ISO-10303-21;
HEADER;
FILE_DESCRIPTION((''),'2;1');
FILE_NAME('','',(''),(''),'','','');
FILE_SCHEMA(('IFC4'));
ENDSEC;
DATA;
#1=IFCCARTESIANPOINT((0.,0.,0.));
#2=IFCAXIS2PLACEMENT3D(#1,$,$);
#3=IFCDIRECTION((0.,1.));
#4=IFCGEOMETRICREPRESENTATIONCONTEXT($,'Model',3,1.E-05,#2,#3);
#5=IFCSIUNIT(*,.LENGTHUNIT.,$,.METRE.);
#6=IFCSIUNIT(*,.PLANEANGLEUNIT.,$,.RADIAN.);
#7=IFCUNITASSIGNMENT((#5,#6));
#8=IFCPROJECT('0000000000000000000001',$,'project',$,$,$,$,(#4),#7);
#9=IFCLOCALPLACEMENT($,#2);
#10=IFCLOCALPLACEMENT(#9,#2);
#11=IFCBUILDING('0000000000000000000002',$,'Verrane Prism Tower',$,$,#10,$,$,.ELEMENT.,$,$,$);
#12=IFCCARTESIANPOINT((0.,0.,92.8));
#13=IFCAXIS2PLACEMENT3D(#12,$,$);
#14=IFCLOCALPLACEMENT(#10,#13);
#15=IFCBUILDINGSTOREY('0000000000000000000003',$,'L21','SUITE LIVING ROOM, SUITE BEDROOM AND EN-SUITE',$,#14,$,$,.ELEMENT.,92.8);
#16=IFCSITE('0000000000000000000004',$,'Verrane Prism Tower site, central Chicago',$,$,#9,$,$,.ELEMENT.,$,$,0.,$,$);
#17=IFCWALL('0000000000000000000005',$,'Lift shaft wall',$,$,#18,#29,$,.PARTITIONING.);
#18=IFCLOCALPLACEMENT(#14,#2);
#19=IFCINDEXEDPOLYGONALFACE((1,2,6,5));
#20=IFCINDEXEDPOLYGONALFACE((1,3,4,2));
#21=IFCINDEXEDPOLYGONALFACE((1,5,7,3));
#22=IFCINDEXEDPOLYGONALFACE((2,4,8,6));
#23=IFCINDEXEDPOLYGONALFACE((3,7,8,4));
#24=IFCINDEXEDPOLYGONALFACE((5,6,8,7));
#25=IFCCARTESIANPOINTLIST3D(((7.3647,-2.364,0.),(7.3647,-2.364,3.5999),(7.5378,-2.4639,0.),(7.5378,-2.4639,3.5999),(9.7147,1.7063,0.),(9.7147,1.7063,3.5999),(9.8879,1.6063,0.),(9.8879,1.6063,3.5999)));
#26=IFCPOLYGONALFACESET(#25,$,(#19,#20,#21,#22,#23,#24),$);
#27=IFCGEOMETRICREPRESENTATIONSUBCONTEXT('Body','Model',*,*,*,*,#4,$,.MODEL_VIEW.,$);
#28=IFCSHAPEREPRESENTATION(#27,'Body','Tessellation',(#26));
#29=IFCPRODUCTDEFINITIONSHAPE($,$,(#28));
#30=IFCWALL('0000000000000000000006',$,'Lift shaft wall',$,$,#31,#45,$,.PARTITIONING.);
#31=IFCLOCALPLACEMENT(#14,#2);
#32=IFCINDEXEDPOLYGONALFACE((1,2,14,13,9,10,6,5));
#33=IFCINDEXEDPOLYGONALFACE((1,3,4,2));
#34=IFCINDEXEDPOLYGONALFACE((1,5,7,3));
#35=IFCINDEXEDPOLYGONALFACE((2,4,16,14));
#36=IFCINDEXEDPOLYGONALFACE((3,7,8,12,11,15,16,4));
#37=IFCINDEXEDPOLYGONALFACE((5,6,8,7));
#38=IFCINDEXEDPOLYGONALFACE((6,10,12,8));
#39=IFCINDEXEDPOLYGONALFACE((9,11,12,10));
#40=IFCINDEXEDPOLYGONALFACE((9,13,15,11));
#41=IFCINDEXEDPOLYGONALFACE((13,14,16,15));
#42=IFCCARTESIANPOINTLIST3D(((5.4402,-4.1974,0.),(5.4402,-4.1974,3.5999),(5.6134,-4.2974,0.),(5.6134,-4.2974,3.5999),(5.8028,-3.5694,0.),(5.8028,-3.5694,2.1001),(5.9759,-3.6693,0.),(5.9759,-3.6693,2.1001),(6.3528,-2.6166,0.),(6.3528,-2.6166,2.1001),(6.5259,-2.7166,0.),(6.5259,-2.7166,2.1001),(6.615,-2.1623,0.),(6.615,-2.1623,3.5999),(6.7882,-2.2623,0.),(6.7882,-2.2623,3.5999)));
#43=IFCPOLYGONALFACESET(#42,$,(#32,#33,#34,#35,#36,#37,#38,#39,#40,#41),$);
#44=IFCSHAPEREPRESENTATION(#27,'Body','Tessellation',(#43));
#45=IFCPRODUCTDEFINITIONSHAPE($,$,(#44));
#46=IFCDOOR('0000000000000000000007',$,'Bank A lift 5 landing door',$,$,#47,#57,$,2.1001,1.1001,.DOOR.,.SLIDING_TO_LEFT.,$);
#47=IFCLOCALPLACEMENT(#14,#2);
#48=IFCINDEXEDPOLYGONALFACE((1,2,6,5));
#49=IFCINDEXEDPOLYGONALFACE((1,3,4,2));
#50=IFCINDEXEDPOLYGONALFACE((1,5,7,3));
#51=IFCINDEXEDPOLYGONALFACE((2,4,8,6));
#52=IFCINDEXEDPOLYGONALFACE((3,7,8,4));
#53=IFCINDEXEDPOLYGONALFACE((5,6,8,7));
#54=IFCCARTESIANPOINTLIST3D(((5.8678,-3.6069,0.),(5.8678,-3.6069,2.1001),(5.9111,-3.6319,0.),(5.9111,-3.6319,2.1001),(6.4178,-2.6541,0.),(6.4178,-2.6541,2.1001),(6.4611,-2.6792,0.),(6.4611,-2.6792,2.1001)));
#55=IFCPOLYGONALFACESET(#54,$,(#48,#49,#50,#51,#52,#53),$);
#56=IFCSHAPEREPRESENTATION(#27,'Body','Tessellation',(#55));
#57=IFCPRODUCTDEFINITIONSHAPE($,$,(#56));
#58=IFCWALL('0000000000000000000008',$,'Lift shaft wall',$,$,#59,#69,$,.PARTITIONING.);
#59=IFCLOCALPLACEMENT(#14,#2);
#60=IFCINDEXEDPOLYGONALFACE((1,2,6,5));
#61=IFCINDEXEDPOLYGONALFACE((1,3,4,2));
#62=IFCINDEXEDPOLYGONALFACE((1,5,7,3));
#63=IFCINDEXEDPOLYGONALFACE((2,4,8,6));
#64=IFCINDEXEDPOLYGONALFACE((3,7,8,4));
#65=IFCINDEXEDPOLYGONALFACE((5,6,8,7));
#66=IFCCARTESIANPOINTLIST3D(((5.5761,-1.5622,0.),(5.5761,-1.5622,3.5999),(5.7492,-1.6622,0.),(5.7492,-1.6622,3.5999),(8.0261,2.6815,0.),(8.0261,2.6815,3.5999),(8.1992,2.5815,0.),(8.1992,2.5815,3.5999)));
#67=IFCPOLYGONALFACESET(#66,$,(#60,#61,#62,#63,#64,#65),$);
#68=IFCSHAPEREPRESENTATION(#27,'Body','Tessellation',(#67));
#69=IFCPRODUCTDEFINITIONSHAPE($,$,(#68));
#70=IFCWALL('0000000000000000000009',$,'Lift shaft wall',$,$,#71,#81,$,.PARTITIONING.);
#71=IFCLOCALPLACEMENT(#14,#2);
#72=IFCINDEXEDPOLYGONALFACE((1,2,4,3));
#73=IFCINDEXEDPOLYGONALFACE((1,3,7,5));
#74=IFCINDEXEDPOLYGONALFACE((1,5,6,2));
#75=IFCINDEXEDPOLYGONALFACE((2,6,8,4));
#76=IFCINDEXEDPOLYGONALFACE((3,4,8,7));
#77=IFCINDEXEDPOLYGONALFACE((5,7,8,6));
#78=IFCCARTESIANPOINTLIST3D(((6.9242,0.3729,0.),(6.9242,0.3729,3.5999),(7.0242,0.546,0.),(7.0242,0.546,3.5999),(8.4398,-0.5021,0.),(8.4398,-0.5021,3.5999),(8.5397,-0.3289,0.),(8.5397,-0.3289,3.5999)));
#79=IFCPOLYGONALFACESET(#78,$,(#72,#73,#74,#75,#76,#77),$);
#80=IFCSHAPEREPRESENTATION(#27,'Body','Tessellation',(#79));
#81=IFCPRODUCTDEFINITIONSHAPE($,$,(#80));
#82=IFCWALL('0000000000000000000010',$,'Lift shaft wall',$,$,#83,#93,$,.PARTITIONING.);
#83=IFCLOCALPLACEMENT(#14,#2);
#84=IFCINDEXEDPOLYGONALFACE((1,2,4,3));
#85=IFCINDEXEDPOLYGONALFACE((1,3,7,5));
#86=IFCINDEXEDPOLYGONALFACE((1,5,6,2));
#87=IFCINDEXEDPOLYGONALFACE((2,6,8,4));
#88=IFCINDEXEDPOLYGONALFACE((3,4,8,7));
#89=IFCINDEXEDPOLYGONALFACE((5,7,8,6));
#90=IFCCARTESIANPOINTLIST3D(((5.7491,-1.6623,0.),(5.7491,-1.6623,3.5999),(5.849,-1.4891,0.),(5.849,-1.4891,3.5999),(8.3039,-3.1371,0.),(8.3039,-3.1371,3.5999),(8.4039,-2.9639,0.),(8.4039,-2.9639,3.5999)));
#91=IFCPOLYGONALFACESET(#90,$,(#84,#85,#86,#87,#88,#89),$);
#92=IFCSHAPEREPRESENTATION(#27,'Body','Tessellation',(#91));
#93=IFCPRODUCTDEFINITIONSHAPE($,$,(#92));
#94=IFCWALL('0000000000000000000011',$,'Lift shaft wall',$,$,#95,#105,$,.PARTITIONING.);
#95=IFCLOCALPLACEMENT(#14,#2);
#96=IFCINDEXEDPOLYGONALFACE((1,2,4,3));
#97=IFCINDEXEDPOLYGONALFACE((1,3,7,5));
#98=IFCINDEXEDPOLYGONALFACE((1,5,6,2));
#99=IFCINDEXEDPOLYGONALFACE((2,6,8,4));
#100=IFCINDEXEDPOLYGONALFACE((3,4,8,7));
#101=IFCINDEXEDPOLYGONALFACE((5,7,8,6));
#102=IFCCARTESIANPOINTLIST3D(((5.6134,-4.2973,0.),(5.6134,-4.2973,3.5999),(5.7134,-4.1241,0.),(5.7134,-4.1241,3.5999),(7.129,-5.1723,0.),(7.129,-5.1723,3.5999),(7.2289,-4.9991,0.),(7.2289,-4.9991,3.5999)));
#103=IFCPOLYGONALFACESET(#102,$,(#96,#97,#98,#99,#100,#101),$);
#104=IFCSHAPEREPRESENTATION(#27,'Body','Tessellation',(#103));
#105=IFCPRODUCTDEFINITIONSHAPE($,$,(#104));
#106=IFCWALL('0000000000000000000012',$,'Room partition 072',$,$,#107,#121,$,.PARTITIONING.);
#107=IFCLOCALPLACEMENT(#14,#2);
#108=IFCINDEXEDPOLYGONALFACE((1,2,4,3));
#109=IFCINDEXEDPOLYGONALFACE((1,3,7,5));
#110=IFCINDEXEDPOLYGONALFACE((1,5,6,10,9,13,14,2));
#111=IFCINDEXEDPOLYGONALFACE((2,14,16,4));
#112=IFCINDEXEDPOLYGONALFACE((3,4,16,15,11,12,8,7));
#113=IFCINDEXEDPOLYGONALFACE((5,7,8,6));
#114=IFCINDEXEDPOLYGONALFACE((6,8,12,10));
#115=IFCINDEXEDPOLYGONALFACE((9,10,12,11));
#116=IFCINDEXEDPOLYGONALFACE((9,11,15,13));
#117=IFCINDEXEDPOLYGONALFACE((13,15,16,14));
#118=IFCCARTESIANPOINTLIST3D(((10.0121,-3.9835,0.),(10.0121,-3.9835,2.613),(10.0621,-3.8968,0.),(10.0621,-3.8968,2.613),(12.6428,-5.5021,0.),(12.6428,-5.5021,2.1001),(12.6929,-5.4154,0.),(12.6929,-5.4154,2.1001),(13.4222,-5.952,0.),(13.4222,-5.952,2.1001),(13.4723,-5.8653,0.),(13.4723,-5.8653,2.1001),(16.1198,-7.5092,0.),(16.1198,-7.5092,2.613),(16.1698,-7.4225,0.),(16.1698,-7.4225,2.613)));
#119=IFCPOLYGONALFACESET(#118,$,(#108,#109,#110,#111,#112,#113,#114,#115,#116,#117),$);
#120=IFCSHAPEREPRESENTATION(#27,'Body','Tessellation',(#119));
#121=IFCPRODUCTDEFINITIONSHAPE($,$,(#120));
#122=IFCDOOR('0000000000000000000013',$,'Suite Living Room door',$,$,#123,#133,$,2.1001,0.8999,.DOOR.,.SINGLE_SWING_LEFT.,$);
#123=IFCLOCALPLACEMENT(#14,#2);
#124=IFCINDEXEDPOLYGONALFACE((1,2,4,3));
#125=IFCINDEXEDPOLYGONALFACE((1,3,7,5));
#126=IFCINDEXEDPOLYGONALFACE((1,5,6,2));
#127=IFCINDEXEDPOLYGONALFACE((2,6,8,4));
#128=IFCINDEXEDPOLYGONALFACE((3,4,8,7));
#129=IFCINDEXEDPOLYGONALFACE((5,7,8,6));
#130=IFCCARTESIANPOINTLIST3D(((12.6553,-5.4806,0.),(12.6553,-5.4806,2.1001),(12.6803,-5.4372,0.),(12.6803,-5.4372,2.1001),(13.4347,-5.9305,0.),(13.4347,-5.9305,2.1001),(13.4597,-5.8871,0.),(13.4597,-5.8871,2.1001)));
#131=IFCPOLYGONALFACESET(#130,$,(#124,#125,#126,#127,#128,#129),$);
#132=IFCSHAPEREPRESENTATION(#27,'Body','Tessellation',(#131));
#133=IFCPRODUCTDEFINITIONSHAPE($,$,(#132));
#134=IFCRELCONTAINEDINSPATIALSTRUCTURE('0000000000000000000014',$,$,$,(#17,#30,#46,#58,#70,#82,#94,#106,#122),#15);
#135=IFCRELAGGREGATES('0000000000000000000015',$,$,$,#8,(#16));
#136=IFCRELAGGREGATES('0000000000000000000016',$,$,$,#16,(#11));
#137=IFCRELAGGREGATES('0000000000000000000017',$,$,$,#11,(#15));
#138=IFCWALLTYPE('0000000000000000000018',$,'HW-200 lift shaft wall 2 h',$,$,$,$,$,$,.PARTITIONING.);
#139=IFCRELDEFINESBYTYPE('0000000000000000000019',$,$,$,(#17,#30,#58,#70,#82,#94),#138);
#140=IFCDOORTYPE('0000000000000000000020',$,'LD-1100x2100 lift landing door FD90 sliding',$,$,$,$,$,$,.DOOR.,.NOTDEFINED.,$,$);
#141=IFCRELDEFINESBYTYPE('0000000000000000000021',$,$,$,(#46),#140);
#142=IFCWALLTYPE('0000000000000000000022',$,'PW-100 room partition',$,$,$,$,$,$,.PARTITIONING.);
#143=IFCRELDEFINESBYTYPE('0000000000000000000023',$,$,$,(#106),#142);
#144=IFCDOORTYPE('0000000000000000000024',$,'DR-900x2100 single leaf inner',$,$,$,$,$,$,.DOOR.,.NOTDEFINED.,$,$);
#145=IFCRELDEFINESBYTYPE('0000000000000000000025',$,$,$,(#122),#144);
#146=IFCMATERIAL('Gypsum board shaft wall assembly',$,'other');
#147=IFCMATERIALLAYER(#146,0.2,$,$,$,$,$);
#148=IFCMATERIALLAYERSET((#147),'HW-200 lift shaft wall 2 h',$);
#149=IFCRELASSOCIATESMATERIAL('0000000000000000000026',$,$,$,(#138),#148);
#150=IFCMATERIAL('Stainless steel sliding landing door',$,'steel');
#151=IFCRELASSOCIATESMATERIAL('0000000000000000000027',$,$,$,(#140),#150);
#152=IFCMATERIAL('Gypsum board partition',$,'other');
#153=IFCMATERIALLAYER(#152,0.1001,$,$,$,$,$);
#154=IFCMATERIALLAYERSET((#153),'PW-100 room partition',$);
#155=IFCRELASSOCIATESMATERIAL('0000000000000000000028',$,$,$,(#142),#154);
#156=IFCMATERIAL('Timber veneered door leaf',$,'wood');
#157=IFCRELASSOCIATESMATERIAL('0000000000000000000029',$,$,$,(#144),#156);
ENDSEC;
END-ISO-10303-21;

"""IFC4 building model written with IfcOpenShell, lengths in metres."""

from ifc_helpers import new_model, si_unit, direction, frame, frame_2d, origin, place, context, subcontext, project, spatial, rectangle, extrude, material, layer, layer_set, type_object, element, fill, save


model = new_model("IFC4")

# Units and contexts
model_context = context("Model", 3, precision=1e-05, world=origin(), true_north=direction((0.0, 1.0)))
body_context = subcontext(model_context, "Body", "Model", "MODEL_VIEW")
ifc_project = project(units=[si_unit("LENGTHUNIT", "METRE"), si_unit("PLANEANGLEUNIT", "RADIAN")], contexts=[model_context])

# Site, building, storey
site_placement = place(None, origin())
site = spatial("IfcSite", under=ifc_project, at=site_placement, Name="Verrane Prism Tower site, central Chicago", CompositionType="ELEMENT", RefElevation=0.0)
building_placement = place(site_placement, origin())
building = spatial("IfcBuilding", under=site, at=building_placement, Name="Verrane Prism Tower", CompositionType="ELEMENT")
storey_placement = place(building_placement, frame((0.0, 0.0, 92.8)))
storey = spatial("IfcBuildingStorey", under=building, at=storey_placement, Name="L21", Description="SUITE LIVING ROOM, SUITE BEDROOM AND EN-SUITE", CompositionType="ELEMENT", Elevation=92.8)

# Wall
ifc_material_1 = material(Name="Gypsum board shaft wall assembly", Category="other")
ifc_layer_1 = layer(ifc_material_1, 0.2)
ifc_layer_set_1 = layer_set([ifc_layer_1], Name="HW-200 lift shaft wall 2 h")
wall_type_1 = type_object("IfcWallType", Name="HW-200 lift shaft wall 2 h", PredefinedType="PARTITIONING", material=ifc_layer_set_1)
wall_1_placement = place(storey_placement, frame((7.4512, -2.4141, 0.0), z_axis=(0.0, 0.0, 1.0), x_axis=(0.500016, 0.866016, 0.0)))
element("IfcWall", 1, at=wall_1_placement, inside=storey, type_object=wall_type_1, Name="Lift shaft wall", PredefinedType="PARTITIONING", context=body_context, shape_type="SweptSolid", body=[
    extrude(rectangle(XDim=4.7, YDim=0.2, at=frame_2d((2.3501, 0.0))), origin(), (0.0, 0.0, 1.0), 3.5999),
])

# Wall, opening, door
wall_2_placement = place(storey_placement, frame((5.5269, -4.2473, 0.0), z_axis=(0.0, 0.0, 1.0), x_axis=(0.499938, 0.866061, 0.0)))
wall_2 = element("IfcWall", 2, at=wall_2_placement, inside=storey, type_object=wall_type_1, Name="Lift shaft wall", PredefinedType="PARTITIONING", context=body_context, shape_type="SweptSolid", body=[
    extrude(rectangle(XDim=2.3499, YDim=0.2, at=frame_2d((1.1748, 0.0))), origin(), (0.0, 0.0, 1.0), 3.5999),
])
opening_1_placement = place(wall_2_placement, frame((0.7251, 0.0, 0.0)))
opening_1 = element("IfcOpeningElement", 3, at=opening_1_placement, cuts=wall_2, PredefinedType="OPENING", context=body_context, shape_type="SweptSolid", body=[
    extrude(rectangle(XDim=1.1001, YDim=2.1001, at=frame_2d((0.55, 1.05))), frame((0.0, 0.1099, 0.0), z_axis=(0.0, -1.0, 0.0), x_axis=(1.0, 0.0, 0.0)), (0.0, 0.0, 1.0), 0.22),
])
ifc_material_2 = material(Name="Stainless steel sliding landing door", Category="steel")
door_type_1 = type_object("IfcDoorType", Name="LD-1100x2100 lift landing door FD90 sliding", OperationType="NOTDEFINED", PredefinedType="DOOR", material=ifc_material_2)
door_1_placement = place(opening_1_placement, origin())
door_1 = element("IfcDoor", 4, at=door_1_placement, inside=storey, type_object=door_type_1, Name="Bank A lift 5 landing door", OperationType="SLIDING_TO_LEFT", OverallHeight=2.1001, OverallWidth=1.1001, PredefinedType="DOOR", context=body_context, shape_type="SweptSolid", body=[
    extrude(rectangle(XDim=1.1001, YDim=2.1001, at=frame_2d((0.55, 1.05))), frame((0.0, 0.0249, 0.0), z_axis=(0.0, -1.0, 0.0), x_axis=(1.0, 0.0, 0.0)), (0.0, 0.0, 1.0), 0.05),
])
fill(opening_1, door_1)

# Walls
wall_3_placement = place(storey_placement, frame((5.6626, -1.6123, 0.0), z_axis=(0.0, 0.0, 1.0), x_axis=(0.499981, 0.866036, 0.0)))
element("IfcWall", 5, at=wall_3_placement, inside=storey, type_object=wall_type_1, Name="Lift shaft wall", PredefinedType="PARTITIONING", context=body_context, shape_type="SweptSolid", body=[
    extrude(rectangle(XDim=4.9001, YDim=0.2, at=frame_2d((2.4502, 0.0))), origin(), (0.0, 0.0, 1.0), 3.5999),
])
wall_4_placement = place(storey_placement, frame((8.4897, -0.4155, 0.0), z_axis=(0.0, 0.0, 1.0), x_axis=(-0.866037, 0.49998, 0.0)))
element("IfcWall", 6, at=wall_4_placement, inside=storey, type_object=wall_type_1, Name="Lift shaft wall", PredefinedType="PARTITIONING", context=body_context, shape_type="SweptSolid", body=[
    extrude(rectangle(XDim=1.75, YDim=0.2, at=frame_2d((0.875, 0.0))), origin(), (0.0, 0.0, 1.0), 3.5999),
])
wall_5_placement = place(storey_placement, frame((8.354, -3.0505, 0.0), z_axis=(0.0, 0.0, 1.0), x_axis=(-0.86606, 0.49994, 0.0)))
element("IfcWall", 7, at=wall_5_placement, inside=storey, type_object=wall_type_1, Name="Lift shaft wall", PredefinedType="PARTITIONING", context=body_context, shape_type="SweptSolid", body=[
    extrude(rectangle(XDim=2.95, YDim=0.2, at=frame_2d((1.4751, 0.0))), origin(), (0.0, 0.0, 1.0), 3.5999),
])
wall_6_placement = place(storey_placement, frame((7.179, -5.0857, 0.0), z_axis=(0.0, 0.0, 1.0), x_axis=(-0.866037, 0.49998, 0.0)))
element("IfcWall", 8, at=wall_6_placement, inside=storey, type_object=wall_type_1, Name="Lift shaft wall", PredefinedType="PARTITIONING", context=body_context, shape_type="SweptSolid", body=[
    extrude(rectangle(XDim=1.75, YDim=0.2, at=frame_2d((0.875, 0.0))), origin(), (0.0, 0.0, 1.0), 3.5999),
])

# Wall, opening, door
ifc_material_3 = material(Name="Gypsum board partition", Category="other")
ifc_layer_2 = layer(ifc_material_3, 0.1001)
ifc_layer_set_2 = layer_set([ifc_layer_2], Name="PW-100 room partition")
wall_type_2 = type_object("IfcWallType", Name="PW-100 room partition", PredefinedType="PARTITIONING", material=ifc_layer_set_2)
wall_7_placement = place(storey_placement, frame((10.0371, -3.9402, 0.0), z_axis=(0.0, 0.0, 1.0), x_axis=(0.866064, -0.499933, 0.0)))
wall_7 = element("IfcWall", 9, at=wall_7_placement, inside=storey, type_object=wall_type_2, Name="Room partition 072", PredefinedType="PARTITIONING", context=body_context, shape_type="SweptSolid", body=[
    extrude(rectangle(XDim=7.0522, YDim=0.1001, at=frame_2d((3.5261, 0.0))), origin(), (0.0, 0.0, 1.0), 2.613),
])
opening_2_placement = place(wall_7_placement, frame((3.0376, 0.0, 0.0)))
opening_2 = element("IfcOpeningElement", 10, at=opening_2_placement, cuts=wall_7, PredefinedType="OPENING", context=body_context, shape_type="SweptSolid", body=[
    extrude(rectangle(XDim=0.8999, YDim=2.1001, at=frame_2d((0.45, 1.05))), frame((0.0, 0.0601, 0.0), z_axis=(0.0, -1.0, 0.0), x_axis=(1.0, 0.0, 0.0)), (0.0, 0.0, 1.0), 0.1201),
])
ifc_material_4 = material(Name="Timber veneered door leaf", Category="wood")
door_type_2 = type_object("IfcDoorType", Name="DR-900x2100 single leaf inner", OperationType="NOTDEFINED", PredefinedType="DOOR", material=ifc_material_4)
door_2_placement = place(opening_2_placement, origin())
door_2 = element("IfcDoor", 11, at=door_2_placement, inside=storey, type_object=door_type_2, Name="Suite Living Room door", OperationType="SINGLE_SWING_LEFT", OverallHeight=2.1001, OverallWidth=0.8999, PredefinedType="DOOR", context=body_context, shape_type="SweptSolid", body=[
    extrude(rectangle(XDim=0.8999, YDim=2.1001, at=frame_2d((0.45, 1.05))), frame((0.0, 0.0249, 0.0), z_axis=(0.0, -1.0, 0.0), x_axis=(1.0, 0.0, 0.0)), (0.0, 0.0, 1.0), 0.05),
])
fill(opening_2, door_2)

save(model, "model.ifc")
